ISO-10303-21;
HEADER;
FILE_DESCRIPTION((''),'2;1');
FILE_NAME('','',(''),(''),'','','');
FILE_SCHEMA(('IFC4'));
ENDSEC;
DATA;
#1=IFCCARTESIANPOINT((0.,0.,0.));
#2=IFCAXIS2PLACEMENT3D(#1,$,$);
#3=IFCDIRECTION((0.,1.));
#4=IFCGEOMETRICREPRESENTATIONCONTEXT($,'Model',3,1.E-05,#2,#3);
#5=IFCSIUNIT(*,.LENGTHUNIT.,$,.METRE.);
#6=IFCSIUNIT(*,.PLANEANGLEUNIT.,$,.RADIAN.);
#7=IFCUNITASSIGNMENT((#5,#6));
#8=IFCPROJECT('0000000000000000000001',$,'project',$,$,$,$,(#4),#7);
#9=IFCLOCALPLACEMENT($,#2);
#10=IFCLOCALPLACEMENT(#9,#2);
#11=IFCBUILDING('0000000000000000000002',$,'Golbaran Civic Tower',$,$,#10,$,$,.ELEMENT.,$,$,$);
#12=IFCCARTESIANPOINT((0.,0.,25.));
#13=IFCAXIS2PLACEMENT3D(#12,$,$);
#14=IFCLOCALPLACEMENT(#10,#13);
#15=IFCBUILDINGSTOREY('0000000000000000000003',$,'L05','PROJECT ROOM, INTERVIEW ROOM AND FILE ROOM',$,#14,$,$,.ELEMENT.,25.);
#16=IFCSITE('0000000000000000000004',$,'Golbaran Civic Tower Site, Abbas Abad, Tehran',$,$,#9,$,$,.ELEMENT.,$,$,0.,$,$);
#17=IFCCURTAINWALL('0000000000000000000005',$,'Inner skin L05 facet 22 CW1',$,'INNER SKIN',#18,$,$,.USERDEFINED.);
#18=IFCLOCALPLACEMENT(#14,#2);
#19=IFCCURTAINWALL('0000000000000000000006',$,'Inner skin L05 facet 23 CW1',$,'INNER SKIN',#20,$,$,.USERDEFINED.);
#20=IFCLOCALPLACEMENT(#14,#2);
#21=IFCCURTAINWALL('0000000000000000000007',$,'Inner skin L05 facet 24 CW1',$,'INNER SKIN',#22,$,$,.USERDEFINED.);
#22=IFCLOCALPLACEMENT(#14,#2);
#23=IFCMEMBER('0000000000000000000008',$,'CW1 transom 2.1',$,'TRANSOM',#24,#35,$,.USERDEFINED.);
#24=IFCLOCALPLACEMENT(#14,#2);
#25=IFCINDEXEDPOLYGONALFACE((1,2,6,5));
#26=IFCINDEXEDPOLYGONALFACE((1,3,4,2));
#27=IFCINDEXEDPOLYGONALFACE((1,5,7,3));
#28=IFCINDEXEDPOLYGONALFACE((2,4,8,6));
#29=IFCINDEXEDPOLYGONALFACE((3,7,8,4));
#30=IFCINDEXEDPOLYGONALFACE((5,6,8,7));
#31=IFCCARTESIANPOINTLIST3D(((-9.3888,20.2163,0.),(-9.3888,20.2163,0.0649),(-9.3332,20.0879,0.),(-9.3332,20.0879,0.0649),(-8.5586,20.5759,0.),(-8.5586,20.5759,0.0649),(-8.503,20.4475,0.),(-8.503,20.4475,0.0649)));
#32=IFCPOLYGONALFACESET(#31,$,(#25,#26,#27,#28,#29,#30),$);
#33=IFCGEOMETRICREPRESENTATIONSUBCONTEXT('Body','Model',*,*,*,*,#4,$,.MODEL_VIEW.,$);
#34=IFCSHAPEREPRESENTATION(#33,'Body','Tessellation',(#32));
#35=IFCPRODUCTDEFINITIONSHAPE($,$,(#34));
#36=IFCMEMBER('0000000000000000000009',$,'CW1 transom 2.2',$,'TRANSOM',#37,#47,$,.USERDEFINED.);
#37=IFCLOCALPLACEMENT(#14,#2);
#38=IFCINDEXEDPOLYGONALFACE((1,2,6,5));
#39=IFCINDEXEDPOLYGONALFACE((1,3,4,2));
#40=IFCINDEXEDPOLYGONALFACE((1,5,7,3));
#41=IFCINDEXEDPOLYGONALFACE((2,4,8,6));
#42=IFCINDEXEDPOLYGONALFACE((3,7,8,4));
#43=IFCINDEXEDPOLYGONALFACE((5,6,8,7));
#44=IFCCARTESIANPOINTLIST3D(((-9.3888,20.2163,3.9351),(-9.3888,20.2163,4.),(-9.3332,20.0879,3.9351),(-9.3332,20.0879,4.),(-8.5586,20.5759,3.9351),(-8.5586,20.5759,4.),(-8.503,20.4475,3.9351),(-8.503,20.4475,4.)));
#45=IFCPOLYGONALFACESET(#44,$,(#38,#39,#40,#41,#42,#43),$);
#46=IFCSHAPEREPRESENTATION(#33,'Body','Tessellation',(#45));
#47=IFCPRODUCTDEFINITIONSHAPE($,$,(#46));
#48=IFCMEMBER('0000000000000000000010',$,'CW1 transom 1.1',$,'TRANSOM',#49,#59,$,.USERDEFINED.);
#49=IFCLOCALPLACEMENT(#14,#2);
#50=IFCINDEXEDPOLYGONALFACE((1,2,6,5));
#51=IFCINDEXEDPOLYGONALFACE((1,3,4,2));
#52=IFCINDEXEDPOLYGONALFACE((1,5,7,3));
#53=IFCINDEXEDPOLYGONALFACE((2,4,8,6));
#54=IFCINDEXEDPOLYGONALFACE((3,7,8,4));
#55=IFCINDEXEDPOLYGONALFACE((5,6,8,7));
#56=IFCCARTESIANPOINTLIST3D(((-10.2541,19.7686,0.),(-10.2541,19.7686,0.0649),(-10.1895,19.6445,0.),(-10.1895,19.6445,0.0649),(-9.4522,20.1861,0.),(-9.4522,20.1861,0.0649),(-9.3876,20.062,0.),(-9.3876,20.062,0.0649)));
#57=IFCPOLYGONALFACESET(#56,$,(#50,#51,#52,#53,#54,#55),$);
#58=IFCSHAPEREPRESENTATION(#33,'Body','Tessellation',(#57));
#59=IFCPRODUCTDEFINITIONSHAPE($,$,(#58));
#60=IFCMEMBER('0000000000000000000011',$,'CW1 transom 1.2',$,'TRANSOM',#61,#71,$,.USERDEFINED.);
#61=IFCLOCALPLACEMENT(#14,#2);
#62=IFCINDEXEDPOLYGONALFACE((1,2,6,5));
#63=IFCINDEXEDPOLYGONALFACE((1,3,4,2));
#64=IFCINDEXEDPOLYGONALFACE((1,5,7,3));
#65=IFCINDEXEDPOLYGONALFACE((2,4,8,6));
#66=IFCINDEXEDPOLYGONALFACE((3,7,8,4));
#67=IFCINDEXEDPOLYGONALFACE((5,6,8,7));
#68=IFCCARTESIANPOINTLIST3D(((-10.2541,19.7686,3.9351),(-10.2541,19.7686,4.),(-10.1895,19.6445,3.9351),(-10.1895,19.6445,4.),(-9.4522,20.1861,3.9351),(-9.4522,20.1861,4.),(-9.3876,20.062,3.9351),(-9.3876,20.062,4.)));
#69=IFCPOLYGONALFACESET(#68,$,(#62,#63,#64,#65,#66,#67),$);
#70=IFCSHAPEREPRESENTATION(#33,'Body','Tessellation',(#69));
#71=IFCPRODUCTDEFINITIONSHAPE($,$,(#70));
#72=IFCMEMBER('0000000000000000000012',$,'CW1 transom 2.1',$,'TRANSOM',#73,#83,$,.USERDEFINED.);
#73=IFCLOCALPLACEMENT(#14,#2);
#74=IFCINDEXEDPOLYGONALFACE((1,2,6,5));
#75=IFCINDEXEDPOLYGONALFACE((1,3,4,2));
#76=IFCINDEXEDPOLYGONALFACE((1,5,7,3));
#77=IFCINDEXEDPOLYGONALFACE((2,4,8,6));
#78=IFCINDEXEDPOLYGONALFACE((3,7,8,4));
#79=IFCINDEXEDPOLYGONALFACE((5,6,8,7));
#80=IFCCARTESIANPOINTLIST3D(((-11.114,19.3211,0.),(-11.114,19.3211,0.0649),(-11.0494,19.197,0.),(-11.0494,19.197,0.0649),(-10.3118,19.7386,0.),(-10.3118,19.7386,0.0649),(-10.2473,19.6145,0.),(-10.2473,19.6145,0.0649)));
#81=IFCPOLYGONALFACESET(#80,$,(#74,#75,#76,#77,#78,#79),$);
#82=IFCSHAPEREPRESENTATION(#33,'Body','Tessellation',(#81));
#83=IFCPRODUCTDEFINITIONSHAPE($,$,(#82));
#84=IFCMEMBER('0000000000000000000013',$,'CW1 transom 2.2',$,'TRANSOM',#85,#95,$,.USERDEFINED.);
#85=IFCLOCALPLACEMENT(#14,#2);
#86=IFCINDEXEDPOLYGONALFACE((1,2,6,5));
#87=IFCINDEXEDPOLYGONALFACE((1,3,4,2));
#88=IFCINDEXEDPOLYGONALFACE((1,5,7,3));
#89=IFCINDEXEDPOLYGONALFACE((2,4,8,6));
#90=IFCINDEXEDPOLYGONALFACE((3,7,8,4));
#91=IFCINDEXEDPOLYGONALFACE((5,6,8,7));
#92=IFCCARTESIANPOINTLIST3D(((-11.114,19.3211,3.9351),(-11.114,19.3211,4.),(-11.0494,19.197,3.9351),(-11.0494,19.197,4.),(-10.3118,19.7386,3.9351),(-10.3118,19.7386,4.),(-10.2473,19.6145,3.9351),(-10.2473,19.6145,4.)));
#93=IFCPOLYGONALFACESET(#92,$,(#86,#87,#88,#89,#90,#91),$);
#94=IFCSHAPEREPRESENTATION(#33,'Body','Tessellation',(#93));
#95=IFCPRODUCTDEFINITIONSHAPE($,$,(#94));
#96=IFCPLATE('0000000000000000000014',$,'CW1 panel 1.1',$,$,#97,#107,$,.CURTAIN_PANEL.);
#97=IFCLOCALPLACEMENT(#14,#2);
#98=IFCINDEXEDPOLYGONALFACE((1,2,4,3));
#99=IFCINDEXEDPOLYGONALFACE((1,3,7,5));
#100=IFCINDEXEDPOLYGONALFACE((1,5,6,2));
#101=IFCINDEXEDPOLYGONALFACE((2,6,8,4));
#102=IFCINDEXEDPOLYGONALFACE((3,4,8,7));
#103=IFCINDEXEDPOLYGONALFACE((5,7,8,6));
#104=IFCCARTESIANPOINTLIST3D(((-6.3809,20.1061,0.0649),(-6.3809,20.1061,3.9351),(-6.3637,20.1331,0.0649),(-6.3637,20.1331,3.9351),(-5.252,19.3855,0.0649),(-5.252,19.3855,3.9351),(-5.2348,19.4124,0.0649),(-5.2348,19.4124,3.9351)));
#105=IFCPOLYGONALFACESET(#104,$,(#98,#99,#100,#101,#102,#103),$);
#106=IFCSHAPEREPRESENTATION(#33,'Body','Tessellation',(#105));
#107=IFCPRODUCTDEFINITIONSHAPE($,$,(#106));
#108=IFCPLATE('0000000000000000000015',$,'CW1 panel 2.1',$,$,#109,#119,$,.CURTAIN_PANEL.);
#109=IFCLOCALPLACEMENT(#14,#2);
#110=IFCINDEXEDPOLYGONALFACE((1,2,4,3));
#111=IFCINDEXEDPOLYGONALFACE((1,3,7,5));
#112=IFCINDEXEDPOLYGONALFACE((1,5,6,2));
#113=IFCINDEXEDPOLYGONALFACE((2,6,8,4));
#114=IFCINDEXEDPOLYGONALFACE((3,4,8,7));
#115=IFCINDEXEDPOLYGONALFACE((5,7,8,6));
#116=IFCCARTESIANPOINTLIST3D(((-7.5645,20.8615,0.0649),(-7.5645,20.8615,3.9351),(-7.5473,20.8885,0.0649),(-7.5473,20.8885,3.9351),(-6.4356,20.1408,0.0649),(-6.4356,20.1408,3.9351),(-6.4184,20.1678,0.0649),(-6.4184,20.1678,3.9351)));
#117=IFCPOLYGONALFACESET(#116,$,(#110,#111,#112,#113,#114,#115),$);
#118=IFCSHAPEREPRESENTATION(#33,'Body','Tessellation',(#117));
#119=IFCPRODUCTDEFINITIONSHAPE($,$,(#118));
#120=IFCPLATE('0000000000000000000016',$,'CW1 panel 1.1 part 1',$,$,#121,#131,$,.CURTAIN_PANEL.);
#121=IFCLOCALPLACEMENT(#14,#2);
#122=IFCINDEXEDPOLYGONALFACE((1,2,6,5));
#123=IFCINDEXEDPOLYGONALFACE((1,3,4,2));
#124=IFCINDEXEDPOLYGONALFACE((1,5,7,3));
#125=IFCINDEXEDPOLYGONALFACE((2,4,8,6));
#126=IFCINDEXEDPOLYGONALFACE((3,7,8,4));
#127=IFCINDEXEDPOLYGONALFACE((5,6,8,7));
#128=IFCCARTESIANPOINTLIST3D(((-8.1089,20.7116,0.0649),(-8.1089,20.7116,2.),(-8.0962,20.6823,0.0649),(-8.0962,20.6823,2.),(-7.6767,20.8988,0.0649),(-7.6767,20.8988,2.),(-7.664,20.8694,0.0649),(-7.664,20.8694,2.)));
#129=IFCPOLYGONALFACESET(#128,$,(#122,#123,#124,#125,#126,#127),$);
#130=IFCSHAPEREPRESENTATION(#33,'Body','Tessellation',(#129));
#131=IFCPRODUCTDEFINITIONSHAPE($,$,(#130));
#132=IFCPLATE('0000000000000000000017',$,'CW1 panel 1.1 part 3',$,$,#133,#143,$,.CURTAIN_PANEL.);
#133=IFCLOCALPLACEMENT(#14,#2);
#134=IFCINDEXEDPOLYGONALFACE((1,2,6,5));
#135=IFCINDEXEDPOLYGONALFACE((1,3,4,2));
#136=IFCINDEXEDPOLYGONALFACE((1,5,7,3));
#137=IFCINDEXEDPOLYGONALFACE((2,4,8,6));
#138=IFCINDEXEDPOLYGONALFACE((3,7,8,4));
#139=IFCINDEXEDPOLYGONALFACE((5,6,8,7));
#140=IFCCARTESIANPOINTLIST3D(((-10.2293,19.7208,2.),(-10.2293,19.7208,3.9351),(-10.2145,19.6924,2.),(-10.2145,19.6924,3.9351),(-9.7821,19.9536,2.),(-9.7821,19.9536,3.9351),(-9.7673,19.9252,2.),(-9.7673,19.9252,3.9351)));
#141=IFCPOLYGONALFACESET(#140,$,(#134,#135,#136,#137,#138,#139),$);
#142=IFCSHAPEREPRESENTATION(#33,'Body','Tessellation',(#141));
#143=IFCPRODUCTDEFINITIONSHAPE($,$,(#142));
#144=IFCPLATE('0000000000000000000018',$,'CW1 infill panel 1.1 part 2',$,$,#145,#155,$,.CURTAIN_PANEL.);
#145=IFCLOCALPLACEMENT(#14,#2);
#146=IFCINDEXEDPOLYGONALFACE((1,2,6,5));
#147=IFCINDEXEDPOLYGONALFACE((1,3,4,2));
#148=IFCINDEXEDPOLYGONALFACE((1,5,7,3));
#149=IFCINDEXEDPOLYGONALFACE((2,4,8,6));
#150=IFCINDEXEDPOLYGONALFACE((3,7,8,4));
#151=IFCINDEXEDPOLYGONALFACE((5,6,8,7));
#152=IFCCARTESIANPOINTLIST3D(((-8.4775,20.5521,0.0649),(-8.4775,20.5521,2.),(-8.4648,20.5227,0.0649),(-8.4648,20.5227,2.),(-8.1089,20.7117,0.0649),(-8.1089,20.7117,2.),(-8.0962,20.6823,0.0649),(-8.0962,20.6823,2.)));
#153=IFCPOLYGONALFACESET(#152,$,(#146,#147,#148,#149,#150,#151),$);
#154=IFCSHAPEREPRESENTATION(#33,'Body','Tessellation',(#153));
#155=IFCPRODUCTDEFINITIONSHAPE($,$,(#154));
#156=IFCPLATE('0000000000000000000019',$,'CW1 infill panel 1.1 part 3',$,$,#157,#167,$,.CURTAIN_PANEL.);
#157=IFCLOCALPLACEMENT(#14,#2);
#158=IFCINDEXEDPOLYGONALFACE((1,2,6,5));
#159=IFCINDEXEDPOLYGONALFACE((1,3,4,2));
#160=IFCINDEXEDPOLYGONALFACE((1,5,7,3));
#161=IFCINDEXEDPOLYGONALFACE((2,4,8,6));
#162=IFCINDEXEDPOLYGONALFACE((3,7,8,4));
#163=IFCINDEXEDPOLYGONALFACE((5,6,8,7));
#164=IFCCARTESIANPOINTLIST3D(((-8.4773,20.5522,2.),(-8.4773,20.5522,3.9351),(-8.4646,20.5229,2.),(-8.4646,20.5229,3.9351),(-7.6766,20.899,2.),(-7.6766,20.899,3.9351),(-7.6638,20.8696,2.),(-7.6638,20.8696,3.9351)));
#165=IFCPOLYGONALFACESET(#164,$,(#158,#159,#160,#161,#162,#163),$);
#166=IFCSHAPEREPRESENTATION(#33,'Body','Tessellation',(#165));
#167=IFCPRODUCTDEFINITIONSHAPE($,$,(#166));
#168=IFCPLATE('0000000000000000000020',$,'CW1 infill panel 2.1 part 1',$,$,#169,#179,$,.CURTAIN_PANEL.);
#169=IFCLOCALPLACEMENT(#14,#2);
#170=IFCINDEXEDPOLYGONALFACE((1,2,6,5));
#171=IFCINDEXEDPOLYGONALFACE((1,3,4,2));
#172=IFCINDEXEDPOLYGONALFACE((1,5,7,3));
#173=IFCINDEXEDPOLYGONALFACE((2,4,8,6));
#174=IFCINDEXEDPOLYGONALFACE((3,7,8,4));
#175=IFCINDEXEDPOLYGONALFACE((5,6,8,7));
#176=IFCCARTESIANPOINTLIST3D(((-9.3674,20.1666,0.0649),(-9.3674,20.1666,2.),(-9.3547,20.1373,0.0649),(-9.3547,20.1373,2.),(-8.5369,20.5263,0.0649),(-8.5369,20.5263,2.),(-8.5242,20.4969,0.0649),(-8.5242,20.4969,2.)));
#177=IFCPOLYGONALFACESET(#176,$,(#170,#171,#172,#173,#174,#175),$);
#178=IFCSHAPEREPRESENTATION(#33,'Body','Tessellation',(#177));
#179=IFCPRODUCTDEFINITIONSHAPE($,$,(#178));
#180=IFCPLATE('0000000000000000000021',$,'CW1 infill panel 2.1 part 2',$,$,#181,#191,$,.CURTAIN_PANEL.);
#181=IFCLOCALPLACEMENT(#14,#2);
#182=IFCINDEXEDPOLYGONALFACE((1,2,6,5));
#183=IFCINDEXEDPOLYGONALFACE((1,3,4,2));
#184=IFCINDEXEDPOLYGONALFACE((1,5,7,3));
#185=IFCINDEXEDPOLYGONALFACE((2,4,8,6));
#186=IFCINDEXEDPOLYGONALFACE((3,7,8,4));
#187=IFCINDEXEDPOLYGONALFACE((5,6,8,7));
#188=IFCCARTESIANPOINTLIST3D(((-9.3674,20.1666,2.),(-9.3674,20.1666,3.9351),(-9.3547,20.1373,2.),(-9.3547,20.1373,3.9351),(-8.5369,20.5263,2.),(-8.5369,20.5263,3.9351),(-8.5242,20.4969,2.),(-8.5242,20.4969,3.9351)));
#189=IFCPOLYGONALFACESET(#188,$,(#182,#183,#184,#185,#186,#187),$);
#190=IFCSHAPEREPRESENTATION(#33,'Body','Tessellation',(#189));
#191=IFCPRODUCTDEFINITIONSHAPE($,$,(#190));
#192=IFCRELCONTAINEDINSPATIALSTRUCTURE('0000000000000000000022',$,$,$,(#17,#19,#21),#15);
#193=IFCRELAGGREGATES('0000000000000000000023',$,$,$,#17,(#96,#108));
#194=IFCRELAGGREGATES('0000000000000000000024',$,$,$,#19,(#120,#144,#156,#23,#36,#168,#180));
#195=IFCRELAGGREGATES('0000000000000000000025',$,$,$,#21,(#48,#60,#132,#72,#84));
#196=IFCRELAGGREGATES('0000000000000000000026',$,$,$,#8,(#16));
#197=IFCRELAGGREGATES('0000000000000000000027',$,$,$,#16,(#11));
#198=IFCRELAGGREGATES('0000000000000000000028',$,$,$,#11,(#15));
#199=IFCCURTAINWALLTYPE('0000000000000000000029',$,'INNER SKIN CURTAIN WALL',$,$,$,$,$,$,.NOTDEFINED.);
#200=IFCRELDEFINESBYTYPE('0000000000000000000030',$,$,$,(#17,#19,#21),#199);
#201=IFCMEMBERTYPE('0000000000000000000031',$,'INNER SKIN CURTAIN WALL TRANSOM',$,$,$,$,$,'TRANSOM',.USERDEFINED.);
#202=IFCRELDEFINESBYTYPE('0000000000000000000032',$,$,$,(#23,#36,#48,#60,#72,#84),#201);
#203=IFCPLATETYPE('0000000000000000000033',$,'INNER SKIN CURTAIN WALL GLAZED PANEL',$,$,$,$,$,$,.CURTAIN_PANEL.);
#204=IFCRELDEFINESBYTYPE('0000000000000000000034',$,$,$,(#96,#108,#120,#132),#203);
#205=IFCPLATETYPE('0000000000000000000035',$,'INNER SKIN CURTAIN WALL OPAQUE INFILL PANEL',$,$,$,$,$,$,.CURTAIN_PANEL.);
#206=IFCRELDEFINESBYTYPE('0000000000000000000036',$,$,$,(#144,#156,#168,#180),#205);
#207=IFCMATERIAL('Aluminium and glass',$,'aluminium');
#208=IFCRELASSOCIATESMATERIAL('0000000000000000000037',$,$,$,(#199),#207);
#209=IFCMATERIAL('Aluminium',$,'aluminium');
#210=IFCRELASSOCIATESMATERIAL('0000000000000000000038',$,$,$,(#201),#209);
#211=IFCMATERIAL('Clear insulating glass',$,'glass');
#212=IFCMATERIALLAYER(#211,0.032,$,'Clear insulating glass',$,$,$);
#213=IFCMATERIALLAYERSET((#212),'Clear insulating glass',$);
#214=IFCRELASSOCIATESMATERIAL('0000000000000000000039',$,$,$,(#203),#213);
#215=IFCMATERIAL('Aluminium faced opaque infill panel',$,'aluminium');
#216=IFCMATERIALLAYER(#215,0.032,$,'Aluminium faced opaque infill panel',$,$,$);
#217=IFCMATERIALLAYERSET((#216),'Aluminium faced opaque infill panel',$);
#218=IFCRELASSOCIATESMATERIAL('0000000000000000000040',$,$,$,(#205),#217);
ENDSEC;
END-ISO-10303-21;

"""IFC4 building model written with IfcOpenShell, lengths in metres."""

from ifc_helpers import new_model, si_unit, direction, frame, origin, origin_2d, place, context, subcontext, project, spatial, rectangle, extrude, material, layer, layer_set, material_profile, profile_set, type_object, element, aggregate, save


model = new_model("IFC4")

# Units and contexts
model_context = context("Model", 3, precision=1e-05, world=origin(), true_north=direction((0.0, 1.0)))
body_context = subcontext(model_context, "Body", "Model", "MODEL_VIEW")
ifc_project = project(units=[si_unit("LENGTHUNIT", "METRE"), si_unit("PLANEANGLEUNIT", "RADIAN")], contexts=[model_context])

# Site, building, storey
site_placement = place(None, origin())
site = spatial("IfcSite", under=ifc_project, at=site_placement, Name="Golbaran Civic Tower Site, Abbas Abad, Tehran", CompositionType="ELEMENT", RefElevation=0.0)
building_placement = place(site_placement, origin())
building = spatial("IfcBuilding", under=site, at=building_placement, Name="Golbaran Civic Tower", CompositionType="ELEMENT")
storey_placement = place(building_placement, frame((0.0, 0.0, 25.0)))
storey = spatial("IfcBuildingStorey", under=building, at=storey_placement, Name="L05", Description="PROJECT ROOM, INTERVIEW ROOM AND FILE ROOM", CompositionType="ELEMENT", Elevation=25.0)

# Curtain walls
ifc_material_1 = material(Name="Aluminium and glass", Category="aluminium")
curtain_wall_type = type_object("IfcCurtainWallType", Name="INNER SKIN CURTAIN WALL", PredefinedType="NOTDEFINED", material=ifc_material_1)
curtain_wall_1_placement = place(storey_placement, origin())
curtain_wall_1 = element("IfcCurtainWall", 1, at=curtain_wall_1_placement, inside=storey, type_object=curtain_wall_type, Name="Inner skin L05 facet 22 CW1", ObjectType="INNER SKIN", PredefinedType="USERDEFINED")
ifc_material_2 = material(Name="Aluminium", Category="aluminium")
curtain_wall_2_placement = place(storey_placement, origin())
curtain_wall_2 = element("IfcCurtainWall", 2, at=curtain_wall_2_placement, inside=storey, type_object=curtain_wall_type, Name="Inner skin L05 facet 23 CW1", ObjectType="INNER SKIN", PredefinedType="USERDEFINED")

# Curtain wall
curtain_wall_3_placement = place(storey_placement, origin())
curtain_wall_3 = element("IfcCurtainWall", 3, at=curtain_wall_3_placement, inside=storey, type_object=curtain_wall_type, Name="Inner skin L05 facet 24 CW1", ObjectType="INNER SKIN", PredefinedType="USERDEFINED")
ifc_material_profile_1 = material_profile(ifc_material_2, rectangle(XDim=0.1399, YDim=0.0649, at=origin_2d()), Name="INNER SKIN CURTAIN WALL TRANSOM")
ifc_profile_set_1 = profile_set([ifc_material_profile_1], Name="Aluminium")
member_type_1 = type_object("IfcMemberType", Name="INNER SKIN CURTAIN WALL TRANSOM", ElementType="TRANSOM", PredefinedType="USERDEFINED", material=ifc_profile_set_1)

# Members
member_1_placement = place(storey_placement, frame((-8.5308, 20.5117, 0.0325), z_axis=(-0.917631, -0.397433, 0.0), x_axis=(0.397433, -0.917631, 0.0)))
member_1 = element("IfcMember", 4, at=member_1_placement, type_object=member_type_1, Name="CW1 transom 2.1", ObjectType="TRANSOM", PredefinedType="USERDEFINED", context=body_context, shape_type="SweptSolid", body=[
    extrude(rectangle(XDim=0.1399, YDim=0.0649, at=origin_2d()), origin(), (0.0, 0.0, 1.0), 0.9048),
])
member_2_placement = place(storey_placement, frame((-8.5308, 20.5117, 3.9675), z_axis=(-0.917631, -0.397433, 0.0), x_axis=(0.397433, -0.917631, 0.0)))
member_2 = element("IfcMember", 5, at=member_2_placement, type_object=member_type_1, Name="CW1 transom 2.2", ObjectType="TRANSOM", PredefinedType="USERDEFINED", context=body_context, shape_type="SweptSolid", body=[
    extrude(rectangle(XDim=0.1399, YDim=0.0649, at=origin_2d()), origin(), (0.0, 0.0, 1.0), 0.9048),
])
member_3_placement = place(storey_placement, frame((-9.4199, 20.124, 0.0325), z_axis=(-0.887018, -0.461735, 0.0), x_axis=(0.461735, -0.887018, 0.0)))
member_3 = element("IfcMember", 6, at=member_3_placement, type_object=member_type_1, Name="CW1 transom 1.1", ObjectType="TRANSOM", PredefinedType="USERDEFINED", context=body_context, shape_type="SweptSolid", body=[
    extrude(rectangle(XDim=0.1399, YDim=0.0649, at=origin_2d()), origin(), (0.0, 0.0, 1.0), 0.9041),
])
member_4_placement = place(storey_placement, frame((-9.4199, 20.124, 3.9675), z_axis=(-0.887018, -0.461735, 0.0), x_axis=(0.461735, -0.887018, 0.0)))
member_4 = element("IfcMember", 7, at=member_4_placement, type_object=member_type_1, Name="CW1 transom 1.2", ObjectType="TRANSOM", PredefinedType="USERDEFINED", context=body_context, shape_type="SweptSolid", body=[
    extrude(rectangle(XDim=0.1399, YDim=0.0649, at=origin_2d()), origin(), (0.0, 0.0, 1.0), 0.9041),
])
member_5_placement = place(storey_placement, frame((-10.2795, 19.6765, 0.0325), z_axis=(-0.887075, -0.461625, 0.0), x_axis=(0.461625, -0.887075, 0.0)))
member_5 = element("IfcMember", 8, at=member_5_placement, type_object=member_type_1, Name="CW1 transom 2.1", ObjectType="TRANSOM", PredefinedType="USERDEFINED", context=body_context, shape_type="SweptSolid", body=[
    extrude(rectangle(XDim=0.1399, YDim=0.0649, at=origin_2d()), origin(), (0.0, 0.0, 1.0), 0.9043),
])
member_6_placement = place(storey_placement, frame((-10.2795, 19.6765, 3.9675), z_axis=(-0.887075, -0.461625, 0.0), x_axis=(0.461625, -0.887075, 0.0)))
member_6 = element("IfcMember", 9, at=member_6_placement, type_object=member_type_1, Name="CW1 transom 2.2", ObjectType="TRANSOM", PredefinedType="USERDEFINED", context=body_context, shape_type="SweptSolid", body=[
    extrude(rectangle(XDim=0.1399, YDim=0.0649, at=origin_2d()), origin(), (0.0, 0.0, 1.0), 0.9043),
])

# Plates
ifc_material_3 = material(Name="Clear insulating glass", Category="glass")
ifc_layer_1 = layer(ifc_material_3, 0.032, Name="Clear insulating glass")
ifc_layer_set_1 = layer_set([ifc_layer_1], Name="Clear insulating glass")
plate_type_1 = type_object("IfcPlateType", Name="INNER SKIN CURTAIN WALL GLAZED PANEL", PredefinedType="CURTAIN_PANEL", material=ifc_layer_set_1)
plate_1_placement = place(storey_placement, frame((-5.8079, 19.7593, 0.0649), z_axis=(0.0, 0.0, 1.0), x_axis=(-0.842904, 0.538063, 0.0)))
plate_1 = element("IfcPlate", 10, at=plate_1_placement, type_object=plate_type_1, Name="CW1 panel 1.1", PredefinedType="CURTAIN_PANEL", context=body_context, shape_type="SweptSolid", body=[
    extrude(rectangle(XDim=1.3394, YDim=0.032, at=origin_2d()), origin(), (0.0, 0.0, 1.0), 3.8701),
])
plate_2_placement = place(storey_placement, frame((-6.9915, 20.5146, 0.0649), z_axis=(0.0, 0.0, 1.0), x_axis=(-0.842904, 0.538063, 0.0)))
plate_2 = element("IfcPlate", 11, at=plate_2_placement, type_object=plate_type_1, Name="CW1 panel 2.1", PredefinedType="CURTAIN_PANEL", context=body_context, shape_type="SweptSolid", body=[
    extrude(rectangle(XDim=1.3394, YDim=0.032, at=origin_2d()), origin(), (0.0, 0.0, 1.0), 3.8701),
])
aggregate(curtain_wall_1, [plate_1, plate_2])
plate_3_placement = place(storey_placement, frame((-7.8865, 20.7905, 0.0649), z_axis=(0.0, 0.0, 1.0), x_axis=(-0.917653, -0.397383, 0.0)))
plate_3 = element("IfcPlate", 12, at=plate_3_placement, type_object=plate_type_1, Name="CW1 panel 1.1 part 1", PredefinedType="CURTAIN_PANEL", context=body_context, shape_type="SweptSolid", body=[
    extrude(rectangle(XDim=0.4709, YDim=0.032, at=origin_2d()), origin(), (0.0, 0.0, 1.0), 1.9351),
])
plate_4_placement = place(storey_placement, frame((-9.9983, 19.823, 2.0), z_axis=(0.0, 0.0, 1.0), x_axis=(-0.887011, -0.461749, 0.0)))
plate_4 = element("IfcPlate", 13, at=plate_4_placement, type_object=plate_type_1, Name="CW1 panel 1.1 part 3", PredefinedType="CURTAIN_PANEL", context=body_context, shape_type="SweptSolid", body=[
    extrude(rectangle(XDim=0.5042, YDim=0.032, at=origin_2d()), origin(), (0.0, 0.0, 1.0), 1.9351),
])
ifc_material_4 = material(Name="Aluminium faced opaque infill panel", Category="aluminium")
ifc_layer_2 = layer(ifc_material_4, 0.032, Name="Aluminium faced opaque infill panel")
ifc_layer_set_2 = layer_set([ifc_layer_2], Name="Aluminium faced opaque infill panel")
plate_type_2 = type_object("IfcPlateType", Name="INNER SKIN CURTAIN WALL OPAQUE INFILL PANEL", PredefinedType="CURTAIN_PANEL", material=ifc_layer_set_2)
plate_5_placement = place(storey_placement, frame((-8.2869, 20.6172, 0.0649), z_axis=(0.0, 0.0, 1.0), x_axis=(-0.917653, -0.397383, 0.0)))
plate_5 = element("IfcPlate", 14, at=plate_5_placement, type_object=plate_type_2, Name="CW1 infill panel 1.1 part 2", PredefinedType="CURTAIN_PANEL", context=body_context, shape_type="SweptSolid", body=[
    extrude(rectangle(XDim=0.4016, YDim=0.032, at=origin_2d()), origin(), (0.0, 0.0, 1.0), 1.9351),
])
plate_6_placement = place(storey_placement, frame((-8.0706, 20.7109, 2.0), z_axis=(0.0, 0.0, 1.0), x_axis=(-0.917653, -0.397383, 0.0)))
plate_6 = element("IfcPlate", 15, at=plate_6_placement, type_object=plate_type_2, Name="CW1 infill panel 1.1 part 3", PredefinedType="CURTAIN_PANEL", context=body_context, shape_type="SweptSolid", body=[
    extrude(rectangle(XDim=0.8726, YDim=0.032, at=origin_2d()), origin(), (0.0, 0.0, 1.0), 1.9351),
])
plate_7_placement = place(storey_placement, frame((-8.9458, 20.3318, 0.0649), z_axis=(0.0, 0.0, 1.0), x_axis=(-0.917653, -0.397383, 0.0)))
plate_7 = element("IfcPlate", 16, at=plate_7_placement, type_object=plate_type_2, Name="CW1 infill panel 2.1 part 1", PredefinedType="CURTAIN_PANEL", context=body_context, shape_type="SweptSolid", body=[
    extrude(rectangle(XDim=0.905, YDim=0.032, at=origin_2d()), origin(), (0.0, 0.0, 1.0), 1.9351),
])
plate_8_placement = place(storey_placement, frame((-8.9458, 20.3318, 2.0), z_axis=(0.0, 0.0, 1.0), x_axis=(-0.917653, -0.397383, 0.0)))
plate_8 = element("IfcPlate", 17, at=plate_8_placement, type_object=plate_type_2, Name="CW1 infill panel 2.1 part 2", PredefinedType="CURTAIN_PANEL", context=body_context, shape_type="SweptSolid", body=[
    extrude(rectangle(XDim=0.905, YDim=0.032, at=origin_2d()), origin(), (0.0, 0.0, 1.0), 1.9351),
])
aggregate(curtain_wall_2, [plate_3, plate_5, plate_6, member_1, member_2, plate_7, plate_8])
aggregate(curtain_wall_3, [member_3, member_4, plate_4, member_5, member_6])

save(model, "model.ifc")
